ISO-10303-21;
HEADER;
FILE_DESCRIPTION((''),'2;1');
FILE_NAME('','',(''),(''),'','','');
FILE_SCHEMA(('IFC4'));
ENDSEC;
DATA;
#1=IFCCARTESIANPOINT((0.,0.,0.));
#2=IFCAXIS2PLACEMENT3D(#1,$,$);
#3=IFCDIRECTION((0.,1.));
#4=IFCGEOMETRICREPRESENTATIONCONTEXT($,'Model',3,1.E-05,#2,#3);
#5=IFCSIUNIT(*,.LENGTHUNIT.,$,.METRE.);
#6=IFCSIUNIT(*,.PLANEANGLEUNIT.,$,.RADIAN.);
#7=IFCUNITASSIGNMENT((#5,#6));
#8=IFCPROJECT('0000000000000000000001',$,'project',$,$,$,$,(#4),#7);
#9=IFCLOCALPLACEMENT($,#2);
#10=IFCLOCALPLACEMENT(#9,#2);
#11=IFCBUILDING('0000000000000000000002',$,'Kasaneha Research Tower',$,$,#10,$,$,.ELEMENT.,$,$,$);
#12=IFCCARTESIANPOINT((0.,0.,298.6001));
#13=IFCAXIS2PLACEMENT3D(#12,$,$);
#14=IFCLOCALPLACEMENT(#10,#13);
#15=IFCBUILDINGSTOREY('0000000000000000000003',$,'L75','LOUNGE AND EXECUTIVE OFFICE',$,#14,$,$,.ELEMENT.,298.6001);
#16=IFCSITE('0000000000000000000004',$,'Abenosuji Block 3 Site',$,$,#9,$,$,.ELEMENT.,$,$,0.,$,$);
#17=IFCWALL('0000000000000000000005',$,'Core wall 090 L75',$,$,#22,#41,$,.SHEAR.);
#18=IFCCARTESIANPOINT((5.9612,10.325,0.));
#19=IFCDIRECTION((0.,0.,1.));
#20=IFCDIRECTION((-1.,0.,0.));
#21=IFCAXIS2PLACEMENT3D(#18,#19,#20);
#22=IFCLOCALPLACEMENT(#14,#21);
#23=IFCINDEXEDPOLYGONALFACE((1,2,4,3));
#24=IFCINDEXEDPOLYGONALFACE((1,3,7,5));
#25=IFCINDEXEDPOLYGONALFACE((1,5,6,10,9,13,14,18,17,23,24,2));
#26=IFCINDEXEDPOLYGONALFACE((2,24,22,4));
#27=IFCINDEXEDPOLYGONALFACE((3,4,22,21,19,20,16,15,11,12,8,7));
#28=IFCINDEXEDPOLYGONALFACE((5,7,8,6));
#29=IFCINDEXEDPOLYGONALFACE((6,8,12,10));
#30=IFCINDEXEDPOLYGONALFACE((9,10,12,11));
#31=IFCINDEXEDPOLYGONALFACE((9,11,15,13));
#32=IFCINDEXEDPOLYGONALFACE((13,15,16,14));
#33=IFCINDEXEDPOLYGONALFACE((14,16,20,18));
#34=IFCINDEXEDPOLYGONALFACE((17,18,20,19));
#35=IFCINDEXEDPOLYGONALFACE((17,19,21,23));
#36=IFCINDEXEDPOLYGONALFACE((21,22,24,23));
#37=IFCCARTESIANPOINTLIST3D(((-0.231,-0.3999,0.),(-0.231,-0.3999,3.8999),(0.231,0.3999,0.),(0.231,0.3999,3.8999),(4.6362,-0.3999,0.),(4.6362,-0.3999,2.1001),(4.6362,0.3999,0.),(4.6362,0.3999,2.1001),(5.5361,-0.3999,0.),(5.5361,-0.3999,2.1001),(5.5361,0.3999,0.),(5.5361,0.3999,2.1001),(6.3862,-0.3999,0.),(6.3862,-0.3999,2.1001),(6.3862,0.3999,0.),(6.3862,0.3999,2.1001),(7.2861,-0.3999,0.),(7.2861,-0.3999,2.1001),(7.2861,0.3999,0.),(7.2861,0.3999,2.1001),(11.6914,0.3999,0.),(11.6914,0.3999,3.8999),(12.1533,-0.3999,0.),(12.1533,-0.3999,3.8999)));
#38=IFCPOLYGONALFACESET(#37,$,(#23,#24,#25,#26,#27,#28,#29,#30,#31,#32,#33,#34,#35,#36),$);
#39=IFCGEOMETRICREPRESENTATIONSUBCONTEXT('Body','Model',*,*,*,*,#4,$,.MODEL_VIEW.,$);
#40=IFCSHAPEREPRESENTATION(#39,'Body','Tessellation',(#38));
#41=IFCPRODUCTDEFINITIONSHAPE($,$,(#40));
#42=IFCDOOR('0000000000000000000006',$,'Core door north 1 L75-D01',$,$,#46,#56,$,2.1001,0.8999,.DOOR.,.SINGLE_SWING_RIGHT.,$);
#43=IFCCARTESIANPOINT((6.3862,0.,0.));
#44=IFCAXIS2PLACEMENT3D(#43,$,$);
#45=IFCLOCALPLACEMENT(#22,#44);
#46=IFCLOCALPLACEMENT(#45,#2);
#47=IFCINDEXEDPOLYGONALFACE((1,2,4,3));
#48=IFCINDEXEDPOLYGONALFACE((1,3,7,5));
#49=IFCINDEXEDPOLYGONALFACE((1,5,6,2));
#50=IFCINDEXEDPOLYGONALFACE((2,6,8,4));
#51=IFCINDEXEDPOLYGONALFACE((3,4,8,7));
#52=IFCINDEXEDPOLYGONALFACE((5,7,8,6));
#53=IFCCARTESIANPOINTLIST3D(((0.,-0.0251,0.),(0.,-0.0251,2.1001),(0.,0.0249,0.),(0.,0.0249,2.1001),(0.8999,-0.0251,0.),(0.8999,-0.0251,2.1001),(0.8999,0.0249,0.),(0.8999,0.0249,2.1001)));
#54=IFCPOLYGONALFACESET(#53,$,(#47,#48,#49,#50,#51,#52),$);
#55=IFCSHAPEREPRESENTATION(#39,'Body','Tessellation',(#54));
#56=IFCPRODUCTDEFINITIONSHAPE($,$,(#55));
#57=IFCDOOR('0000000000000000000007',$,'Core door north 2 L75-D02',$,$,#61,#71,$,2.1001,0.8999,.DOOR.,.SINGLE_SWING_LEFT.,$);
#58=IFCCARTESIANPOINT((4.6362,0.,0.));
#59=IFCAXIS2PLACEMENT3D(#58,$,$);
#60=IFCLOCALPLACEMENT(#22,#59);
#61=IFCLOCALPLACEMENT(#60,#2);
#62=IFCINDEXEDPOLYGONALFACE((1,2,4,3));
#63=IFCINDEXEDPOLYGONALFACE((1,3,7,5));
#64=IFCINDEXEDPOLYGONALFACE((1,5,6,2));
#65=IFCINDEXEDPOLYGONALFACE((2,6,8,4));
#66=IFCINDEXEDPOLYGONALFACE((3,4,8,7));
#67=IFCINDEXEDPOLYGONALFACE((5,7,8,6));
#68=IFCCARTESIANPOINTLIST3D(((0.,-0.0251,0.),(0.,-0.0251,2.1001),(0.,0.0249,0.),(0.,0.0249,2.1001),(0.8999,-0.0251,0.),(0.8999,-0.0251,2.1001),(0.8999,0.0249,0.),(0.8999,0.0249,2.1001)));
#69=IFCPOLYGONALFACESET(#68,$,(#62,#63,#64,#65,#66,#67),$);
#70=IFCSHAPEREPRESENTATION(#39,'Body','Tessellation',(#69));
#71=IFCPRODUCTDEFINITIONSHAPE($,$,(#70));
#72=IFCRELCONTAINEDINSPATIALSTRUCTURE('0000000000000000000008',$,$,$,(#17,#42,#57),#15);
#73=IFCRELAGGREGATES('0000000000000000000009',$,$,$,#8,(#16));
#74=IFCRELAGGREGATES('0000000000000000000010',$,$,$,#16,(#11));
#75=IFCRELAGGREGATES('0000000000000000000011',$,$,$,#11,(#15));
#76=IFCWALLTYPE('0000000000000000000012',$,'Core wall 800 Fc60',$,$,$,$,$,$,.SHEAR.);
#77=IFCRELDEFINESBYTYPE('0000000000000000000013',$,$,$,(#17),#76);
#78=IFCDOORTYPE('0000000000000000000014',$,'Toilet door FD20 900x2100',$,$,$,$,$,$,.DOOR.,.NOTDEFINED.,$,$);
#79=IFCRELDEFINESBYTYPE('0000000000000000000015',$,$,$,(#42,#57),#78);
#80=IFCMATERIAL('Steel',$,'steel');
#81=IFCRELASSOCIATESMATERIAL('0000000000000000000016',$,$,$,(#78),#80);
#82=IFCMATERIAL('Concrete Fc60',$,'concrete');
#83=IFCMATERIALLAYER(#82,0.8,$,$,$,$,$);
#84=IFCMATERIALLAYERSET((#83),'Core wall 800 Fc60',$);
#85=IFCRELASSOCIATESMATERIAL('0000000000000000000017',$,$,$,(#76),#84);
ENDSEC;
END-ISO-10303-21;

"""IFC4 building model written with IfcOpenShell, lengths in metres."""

from ifc_helpers import new_model, si_unit, direction, frame, frame_2d, origin, place, context, subcontext, project, spatial, polyline, rectangle, outline, extrude, material, layer, layer_set, type_object, element, fill, save


model = new_model("IFC4")

# Units and contexts
model_context = context("Model", 3, precision=1e-05, world=origin(), true_north=direction((0.0, 1.0)))
body_context = subcontext(model_context, "Body", "Model", "MODEL_VIEW")
ifc_project = project(units=[si_unit("LENGTHUNIT", "METRE"), si_unit("PLANEANGLEUNIT", "RADIAN")], contexts=[model_context])

# Site, building, storey
site_placement = place(None, origin())
site = spatial("IfcSite", under=ifc_project, at=site_placement, Name="Abenosuji Block 3 Site", CompositionType="ELEMENT", RefElevation=0.0)
building_placement = place(site_placement, origin())
building = spatial("IfcBuilding", under=site, at=building_placement, Name="Kasaneha Research Tower", CompositionType="ELEMENT")
storey_placement = place(building_placement, frame((0.0, 0.0, 298.6001)))
storey = spatial("IfcBuildingStorey", under=building, at=storey_placement, Name="L75", Description="LOUNGE AND EXECUTIVE OFFICE", CompositionType="ELEMENT", Elevation=298.6001)

# Shared definitions
ifc_material_1 = material(Name="Steel", Category="steel")
door_type_1 = type_object("IfcDoorType", Name="Toilet door FD20 900x2100", OperationType="NOTDEFINED", PredefinedType="DOOR", material=ifc_material_1)

# Wall, openings, doors
ifc_material_2 = material(Name="Concrete Fc60", Category="concrete")
ifc_layer_1 = layer(ifc_material_2, 0.8)
ifc_layer_set_1 = layer_set([ifc_layer_1], Name="Core wall 800 Fc60")
wall_type_1 = type_object("IfcWallType", Name="Core wall 800 Fc60", PredefinedType="SHEAR", material=ifc_layer_set_1)
wall_1_placement = place(storey_placement, frame((5.9612, 10.325, 0.0), z_axis=(0.0, 0.0, 1.0), x_axis=(-1.0, 0.0, 0.0)))
wall_1 = element("IfcWall", 1, at=wall_1_placement, inside=storey, type_object=wall_type_1, Name="Core wall 090 L75", PredefinedType="SHEAR", context=body_context, shape_type="SweptSolid", body=[
    extrude(outline(polyline([(-0.231, -0.3999), (4.6362, -0.3999), (5.5361, -0.3999), (6.3862, -0.3999), (7.2861, -0.3999), (12.1533, -0.3999), (11.6914, 0.3999), (7.2861, 0.3999), (6.3862, 0.3999), (5.5361, 0.3999), (4.6362, 0.3999), (0.231, 0.3999), (-0.231, -0.3999)])), origin(), (0.0, 0.0, 1.0), 3.8999),
])
opening_1_placement = place(wall_1_placement, frame((6.3862, 0.0, 0.0)))
opening_1 = element("IfcOpeningElement", 2, at=opening_1_placement, cuts=wall_1, PredefinedType="OPENING", context=body_context, shape_type="SweptSolid", body=[
    extrude(rectangle(XDim=0.8999, YDim=2.1001, at=frame_2d((0.45, 1.05))), frame((0.0, 0.4102, 0.0), z_axis=(0.0, -1.0, 0.0), x_axis=(1.0, 0.0, 0.0)), (0.0, 0.0, 1.0), 0.8201),
])
opening_2_placement = place(wall_1_placement, frame((4.6362, 0.0, 0.0)))
opening_2 = element("IfcOpeningElement", 3, at=opening_2_placement, cuts=wall_1, PredefinedType="OPENING", context=body_context, shape_type="SweptSolid", body=[
    extrude(rectangle(XDim=0.8999, YDim=2.1001, at=frame_2d((0.45, 1.05))), frame((0.0, 0.4102, 0.0), z_axis=(0.0, -1.0, 0.0), x_axis=(1.0, 0.0, 0.0)), (0.0, 0.0, 1.0), 0.8201),
])
door_1_placement = place(opening_1_placement, origin())
door_1 = element("IfcDoor", 4, at=door_1_placement, inside=storey, type_object=door_type_1, Name="Core door north 1 L75-D01", OperationType="SINGLE_SWING_RIGHT", OverallHeight=2.1001, OverallWidth=0.8999, PredefinedType="DOOR", context=body_context, shape_type="SweptSolid", body=[
    extrude(rectangle(XDim=0.8999, YDim=2.1001, at=frame_2d((0.45, 1.05))), frame((0.0, 0.0249, 0.0), z_axis=(0.0, -1.0, 0.0), x_axis=(1.0, 0.0, 0.0)), (0.0, 0.0, 1.0), 0.05),
])
fill(opening_1, door_1)
door_2_placement = place(opening_2_placement, origin())
door_2 = element("IfcDoor", 5, at=door_2_placement, inside=storey, type_object=door_type_1, Name="Core door north 2 L75-D02", OperationType="SINGLE_SWING_LEFT", OverallHeight=2.1001, OverallWidth=0.8999, PredefinedType="DOOR", context=body_context, shape_type="SweptSolid", body=[
    extrude(rectangle(XDim=0.8999, YDim=2.1001, at=frame_2d((0.45, 1.05))), frame((0.0, 0.0249, 0.0), z_axis=(0.0, -1.0, 0.0), x_axis=(1.0, 0.0, 0.0)), (0.0, 0.0, 1.0), 0.05),
])
fill(opening_2, door_2)

save(model, "model.ifc")
